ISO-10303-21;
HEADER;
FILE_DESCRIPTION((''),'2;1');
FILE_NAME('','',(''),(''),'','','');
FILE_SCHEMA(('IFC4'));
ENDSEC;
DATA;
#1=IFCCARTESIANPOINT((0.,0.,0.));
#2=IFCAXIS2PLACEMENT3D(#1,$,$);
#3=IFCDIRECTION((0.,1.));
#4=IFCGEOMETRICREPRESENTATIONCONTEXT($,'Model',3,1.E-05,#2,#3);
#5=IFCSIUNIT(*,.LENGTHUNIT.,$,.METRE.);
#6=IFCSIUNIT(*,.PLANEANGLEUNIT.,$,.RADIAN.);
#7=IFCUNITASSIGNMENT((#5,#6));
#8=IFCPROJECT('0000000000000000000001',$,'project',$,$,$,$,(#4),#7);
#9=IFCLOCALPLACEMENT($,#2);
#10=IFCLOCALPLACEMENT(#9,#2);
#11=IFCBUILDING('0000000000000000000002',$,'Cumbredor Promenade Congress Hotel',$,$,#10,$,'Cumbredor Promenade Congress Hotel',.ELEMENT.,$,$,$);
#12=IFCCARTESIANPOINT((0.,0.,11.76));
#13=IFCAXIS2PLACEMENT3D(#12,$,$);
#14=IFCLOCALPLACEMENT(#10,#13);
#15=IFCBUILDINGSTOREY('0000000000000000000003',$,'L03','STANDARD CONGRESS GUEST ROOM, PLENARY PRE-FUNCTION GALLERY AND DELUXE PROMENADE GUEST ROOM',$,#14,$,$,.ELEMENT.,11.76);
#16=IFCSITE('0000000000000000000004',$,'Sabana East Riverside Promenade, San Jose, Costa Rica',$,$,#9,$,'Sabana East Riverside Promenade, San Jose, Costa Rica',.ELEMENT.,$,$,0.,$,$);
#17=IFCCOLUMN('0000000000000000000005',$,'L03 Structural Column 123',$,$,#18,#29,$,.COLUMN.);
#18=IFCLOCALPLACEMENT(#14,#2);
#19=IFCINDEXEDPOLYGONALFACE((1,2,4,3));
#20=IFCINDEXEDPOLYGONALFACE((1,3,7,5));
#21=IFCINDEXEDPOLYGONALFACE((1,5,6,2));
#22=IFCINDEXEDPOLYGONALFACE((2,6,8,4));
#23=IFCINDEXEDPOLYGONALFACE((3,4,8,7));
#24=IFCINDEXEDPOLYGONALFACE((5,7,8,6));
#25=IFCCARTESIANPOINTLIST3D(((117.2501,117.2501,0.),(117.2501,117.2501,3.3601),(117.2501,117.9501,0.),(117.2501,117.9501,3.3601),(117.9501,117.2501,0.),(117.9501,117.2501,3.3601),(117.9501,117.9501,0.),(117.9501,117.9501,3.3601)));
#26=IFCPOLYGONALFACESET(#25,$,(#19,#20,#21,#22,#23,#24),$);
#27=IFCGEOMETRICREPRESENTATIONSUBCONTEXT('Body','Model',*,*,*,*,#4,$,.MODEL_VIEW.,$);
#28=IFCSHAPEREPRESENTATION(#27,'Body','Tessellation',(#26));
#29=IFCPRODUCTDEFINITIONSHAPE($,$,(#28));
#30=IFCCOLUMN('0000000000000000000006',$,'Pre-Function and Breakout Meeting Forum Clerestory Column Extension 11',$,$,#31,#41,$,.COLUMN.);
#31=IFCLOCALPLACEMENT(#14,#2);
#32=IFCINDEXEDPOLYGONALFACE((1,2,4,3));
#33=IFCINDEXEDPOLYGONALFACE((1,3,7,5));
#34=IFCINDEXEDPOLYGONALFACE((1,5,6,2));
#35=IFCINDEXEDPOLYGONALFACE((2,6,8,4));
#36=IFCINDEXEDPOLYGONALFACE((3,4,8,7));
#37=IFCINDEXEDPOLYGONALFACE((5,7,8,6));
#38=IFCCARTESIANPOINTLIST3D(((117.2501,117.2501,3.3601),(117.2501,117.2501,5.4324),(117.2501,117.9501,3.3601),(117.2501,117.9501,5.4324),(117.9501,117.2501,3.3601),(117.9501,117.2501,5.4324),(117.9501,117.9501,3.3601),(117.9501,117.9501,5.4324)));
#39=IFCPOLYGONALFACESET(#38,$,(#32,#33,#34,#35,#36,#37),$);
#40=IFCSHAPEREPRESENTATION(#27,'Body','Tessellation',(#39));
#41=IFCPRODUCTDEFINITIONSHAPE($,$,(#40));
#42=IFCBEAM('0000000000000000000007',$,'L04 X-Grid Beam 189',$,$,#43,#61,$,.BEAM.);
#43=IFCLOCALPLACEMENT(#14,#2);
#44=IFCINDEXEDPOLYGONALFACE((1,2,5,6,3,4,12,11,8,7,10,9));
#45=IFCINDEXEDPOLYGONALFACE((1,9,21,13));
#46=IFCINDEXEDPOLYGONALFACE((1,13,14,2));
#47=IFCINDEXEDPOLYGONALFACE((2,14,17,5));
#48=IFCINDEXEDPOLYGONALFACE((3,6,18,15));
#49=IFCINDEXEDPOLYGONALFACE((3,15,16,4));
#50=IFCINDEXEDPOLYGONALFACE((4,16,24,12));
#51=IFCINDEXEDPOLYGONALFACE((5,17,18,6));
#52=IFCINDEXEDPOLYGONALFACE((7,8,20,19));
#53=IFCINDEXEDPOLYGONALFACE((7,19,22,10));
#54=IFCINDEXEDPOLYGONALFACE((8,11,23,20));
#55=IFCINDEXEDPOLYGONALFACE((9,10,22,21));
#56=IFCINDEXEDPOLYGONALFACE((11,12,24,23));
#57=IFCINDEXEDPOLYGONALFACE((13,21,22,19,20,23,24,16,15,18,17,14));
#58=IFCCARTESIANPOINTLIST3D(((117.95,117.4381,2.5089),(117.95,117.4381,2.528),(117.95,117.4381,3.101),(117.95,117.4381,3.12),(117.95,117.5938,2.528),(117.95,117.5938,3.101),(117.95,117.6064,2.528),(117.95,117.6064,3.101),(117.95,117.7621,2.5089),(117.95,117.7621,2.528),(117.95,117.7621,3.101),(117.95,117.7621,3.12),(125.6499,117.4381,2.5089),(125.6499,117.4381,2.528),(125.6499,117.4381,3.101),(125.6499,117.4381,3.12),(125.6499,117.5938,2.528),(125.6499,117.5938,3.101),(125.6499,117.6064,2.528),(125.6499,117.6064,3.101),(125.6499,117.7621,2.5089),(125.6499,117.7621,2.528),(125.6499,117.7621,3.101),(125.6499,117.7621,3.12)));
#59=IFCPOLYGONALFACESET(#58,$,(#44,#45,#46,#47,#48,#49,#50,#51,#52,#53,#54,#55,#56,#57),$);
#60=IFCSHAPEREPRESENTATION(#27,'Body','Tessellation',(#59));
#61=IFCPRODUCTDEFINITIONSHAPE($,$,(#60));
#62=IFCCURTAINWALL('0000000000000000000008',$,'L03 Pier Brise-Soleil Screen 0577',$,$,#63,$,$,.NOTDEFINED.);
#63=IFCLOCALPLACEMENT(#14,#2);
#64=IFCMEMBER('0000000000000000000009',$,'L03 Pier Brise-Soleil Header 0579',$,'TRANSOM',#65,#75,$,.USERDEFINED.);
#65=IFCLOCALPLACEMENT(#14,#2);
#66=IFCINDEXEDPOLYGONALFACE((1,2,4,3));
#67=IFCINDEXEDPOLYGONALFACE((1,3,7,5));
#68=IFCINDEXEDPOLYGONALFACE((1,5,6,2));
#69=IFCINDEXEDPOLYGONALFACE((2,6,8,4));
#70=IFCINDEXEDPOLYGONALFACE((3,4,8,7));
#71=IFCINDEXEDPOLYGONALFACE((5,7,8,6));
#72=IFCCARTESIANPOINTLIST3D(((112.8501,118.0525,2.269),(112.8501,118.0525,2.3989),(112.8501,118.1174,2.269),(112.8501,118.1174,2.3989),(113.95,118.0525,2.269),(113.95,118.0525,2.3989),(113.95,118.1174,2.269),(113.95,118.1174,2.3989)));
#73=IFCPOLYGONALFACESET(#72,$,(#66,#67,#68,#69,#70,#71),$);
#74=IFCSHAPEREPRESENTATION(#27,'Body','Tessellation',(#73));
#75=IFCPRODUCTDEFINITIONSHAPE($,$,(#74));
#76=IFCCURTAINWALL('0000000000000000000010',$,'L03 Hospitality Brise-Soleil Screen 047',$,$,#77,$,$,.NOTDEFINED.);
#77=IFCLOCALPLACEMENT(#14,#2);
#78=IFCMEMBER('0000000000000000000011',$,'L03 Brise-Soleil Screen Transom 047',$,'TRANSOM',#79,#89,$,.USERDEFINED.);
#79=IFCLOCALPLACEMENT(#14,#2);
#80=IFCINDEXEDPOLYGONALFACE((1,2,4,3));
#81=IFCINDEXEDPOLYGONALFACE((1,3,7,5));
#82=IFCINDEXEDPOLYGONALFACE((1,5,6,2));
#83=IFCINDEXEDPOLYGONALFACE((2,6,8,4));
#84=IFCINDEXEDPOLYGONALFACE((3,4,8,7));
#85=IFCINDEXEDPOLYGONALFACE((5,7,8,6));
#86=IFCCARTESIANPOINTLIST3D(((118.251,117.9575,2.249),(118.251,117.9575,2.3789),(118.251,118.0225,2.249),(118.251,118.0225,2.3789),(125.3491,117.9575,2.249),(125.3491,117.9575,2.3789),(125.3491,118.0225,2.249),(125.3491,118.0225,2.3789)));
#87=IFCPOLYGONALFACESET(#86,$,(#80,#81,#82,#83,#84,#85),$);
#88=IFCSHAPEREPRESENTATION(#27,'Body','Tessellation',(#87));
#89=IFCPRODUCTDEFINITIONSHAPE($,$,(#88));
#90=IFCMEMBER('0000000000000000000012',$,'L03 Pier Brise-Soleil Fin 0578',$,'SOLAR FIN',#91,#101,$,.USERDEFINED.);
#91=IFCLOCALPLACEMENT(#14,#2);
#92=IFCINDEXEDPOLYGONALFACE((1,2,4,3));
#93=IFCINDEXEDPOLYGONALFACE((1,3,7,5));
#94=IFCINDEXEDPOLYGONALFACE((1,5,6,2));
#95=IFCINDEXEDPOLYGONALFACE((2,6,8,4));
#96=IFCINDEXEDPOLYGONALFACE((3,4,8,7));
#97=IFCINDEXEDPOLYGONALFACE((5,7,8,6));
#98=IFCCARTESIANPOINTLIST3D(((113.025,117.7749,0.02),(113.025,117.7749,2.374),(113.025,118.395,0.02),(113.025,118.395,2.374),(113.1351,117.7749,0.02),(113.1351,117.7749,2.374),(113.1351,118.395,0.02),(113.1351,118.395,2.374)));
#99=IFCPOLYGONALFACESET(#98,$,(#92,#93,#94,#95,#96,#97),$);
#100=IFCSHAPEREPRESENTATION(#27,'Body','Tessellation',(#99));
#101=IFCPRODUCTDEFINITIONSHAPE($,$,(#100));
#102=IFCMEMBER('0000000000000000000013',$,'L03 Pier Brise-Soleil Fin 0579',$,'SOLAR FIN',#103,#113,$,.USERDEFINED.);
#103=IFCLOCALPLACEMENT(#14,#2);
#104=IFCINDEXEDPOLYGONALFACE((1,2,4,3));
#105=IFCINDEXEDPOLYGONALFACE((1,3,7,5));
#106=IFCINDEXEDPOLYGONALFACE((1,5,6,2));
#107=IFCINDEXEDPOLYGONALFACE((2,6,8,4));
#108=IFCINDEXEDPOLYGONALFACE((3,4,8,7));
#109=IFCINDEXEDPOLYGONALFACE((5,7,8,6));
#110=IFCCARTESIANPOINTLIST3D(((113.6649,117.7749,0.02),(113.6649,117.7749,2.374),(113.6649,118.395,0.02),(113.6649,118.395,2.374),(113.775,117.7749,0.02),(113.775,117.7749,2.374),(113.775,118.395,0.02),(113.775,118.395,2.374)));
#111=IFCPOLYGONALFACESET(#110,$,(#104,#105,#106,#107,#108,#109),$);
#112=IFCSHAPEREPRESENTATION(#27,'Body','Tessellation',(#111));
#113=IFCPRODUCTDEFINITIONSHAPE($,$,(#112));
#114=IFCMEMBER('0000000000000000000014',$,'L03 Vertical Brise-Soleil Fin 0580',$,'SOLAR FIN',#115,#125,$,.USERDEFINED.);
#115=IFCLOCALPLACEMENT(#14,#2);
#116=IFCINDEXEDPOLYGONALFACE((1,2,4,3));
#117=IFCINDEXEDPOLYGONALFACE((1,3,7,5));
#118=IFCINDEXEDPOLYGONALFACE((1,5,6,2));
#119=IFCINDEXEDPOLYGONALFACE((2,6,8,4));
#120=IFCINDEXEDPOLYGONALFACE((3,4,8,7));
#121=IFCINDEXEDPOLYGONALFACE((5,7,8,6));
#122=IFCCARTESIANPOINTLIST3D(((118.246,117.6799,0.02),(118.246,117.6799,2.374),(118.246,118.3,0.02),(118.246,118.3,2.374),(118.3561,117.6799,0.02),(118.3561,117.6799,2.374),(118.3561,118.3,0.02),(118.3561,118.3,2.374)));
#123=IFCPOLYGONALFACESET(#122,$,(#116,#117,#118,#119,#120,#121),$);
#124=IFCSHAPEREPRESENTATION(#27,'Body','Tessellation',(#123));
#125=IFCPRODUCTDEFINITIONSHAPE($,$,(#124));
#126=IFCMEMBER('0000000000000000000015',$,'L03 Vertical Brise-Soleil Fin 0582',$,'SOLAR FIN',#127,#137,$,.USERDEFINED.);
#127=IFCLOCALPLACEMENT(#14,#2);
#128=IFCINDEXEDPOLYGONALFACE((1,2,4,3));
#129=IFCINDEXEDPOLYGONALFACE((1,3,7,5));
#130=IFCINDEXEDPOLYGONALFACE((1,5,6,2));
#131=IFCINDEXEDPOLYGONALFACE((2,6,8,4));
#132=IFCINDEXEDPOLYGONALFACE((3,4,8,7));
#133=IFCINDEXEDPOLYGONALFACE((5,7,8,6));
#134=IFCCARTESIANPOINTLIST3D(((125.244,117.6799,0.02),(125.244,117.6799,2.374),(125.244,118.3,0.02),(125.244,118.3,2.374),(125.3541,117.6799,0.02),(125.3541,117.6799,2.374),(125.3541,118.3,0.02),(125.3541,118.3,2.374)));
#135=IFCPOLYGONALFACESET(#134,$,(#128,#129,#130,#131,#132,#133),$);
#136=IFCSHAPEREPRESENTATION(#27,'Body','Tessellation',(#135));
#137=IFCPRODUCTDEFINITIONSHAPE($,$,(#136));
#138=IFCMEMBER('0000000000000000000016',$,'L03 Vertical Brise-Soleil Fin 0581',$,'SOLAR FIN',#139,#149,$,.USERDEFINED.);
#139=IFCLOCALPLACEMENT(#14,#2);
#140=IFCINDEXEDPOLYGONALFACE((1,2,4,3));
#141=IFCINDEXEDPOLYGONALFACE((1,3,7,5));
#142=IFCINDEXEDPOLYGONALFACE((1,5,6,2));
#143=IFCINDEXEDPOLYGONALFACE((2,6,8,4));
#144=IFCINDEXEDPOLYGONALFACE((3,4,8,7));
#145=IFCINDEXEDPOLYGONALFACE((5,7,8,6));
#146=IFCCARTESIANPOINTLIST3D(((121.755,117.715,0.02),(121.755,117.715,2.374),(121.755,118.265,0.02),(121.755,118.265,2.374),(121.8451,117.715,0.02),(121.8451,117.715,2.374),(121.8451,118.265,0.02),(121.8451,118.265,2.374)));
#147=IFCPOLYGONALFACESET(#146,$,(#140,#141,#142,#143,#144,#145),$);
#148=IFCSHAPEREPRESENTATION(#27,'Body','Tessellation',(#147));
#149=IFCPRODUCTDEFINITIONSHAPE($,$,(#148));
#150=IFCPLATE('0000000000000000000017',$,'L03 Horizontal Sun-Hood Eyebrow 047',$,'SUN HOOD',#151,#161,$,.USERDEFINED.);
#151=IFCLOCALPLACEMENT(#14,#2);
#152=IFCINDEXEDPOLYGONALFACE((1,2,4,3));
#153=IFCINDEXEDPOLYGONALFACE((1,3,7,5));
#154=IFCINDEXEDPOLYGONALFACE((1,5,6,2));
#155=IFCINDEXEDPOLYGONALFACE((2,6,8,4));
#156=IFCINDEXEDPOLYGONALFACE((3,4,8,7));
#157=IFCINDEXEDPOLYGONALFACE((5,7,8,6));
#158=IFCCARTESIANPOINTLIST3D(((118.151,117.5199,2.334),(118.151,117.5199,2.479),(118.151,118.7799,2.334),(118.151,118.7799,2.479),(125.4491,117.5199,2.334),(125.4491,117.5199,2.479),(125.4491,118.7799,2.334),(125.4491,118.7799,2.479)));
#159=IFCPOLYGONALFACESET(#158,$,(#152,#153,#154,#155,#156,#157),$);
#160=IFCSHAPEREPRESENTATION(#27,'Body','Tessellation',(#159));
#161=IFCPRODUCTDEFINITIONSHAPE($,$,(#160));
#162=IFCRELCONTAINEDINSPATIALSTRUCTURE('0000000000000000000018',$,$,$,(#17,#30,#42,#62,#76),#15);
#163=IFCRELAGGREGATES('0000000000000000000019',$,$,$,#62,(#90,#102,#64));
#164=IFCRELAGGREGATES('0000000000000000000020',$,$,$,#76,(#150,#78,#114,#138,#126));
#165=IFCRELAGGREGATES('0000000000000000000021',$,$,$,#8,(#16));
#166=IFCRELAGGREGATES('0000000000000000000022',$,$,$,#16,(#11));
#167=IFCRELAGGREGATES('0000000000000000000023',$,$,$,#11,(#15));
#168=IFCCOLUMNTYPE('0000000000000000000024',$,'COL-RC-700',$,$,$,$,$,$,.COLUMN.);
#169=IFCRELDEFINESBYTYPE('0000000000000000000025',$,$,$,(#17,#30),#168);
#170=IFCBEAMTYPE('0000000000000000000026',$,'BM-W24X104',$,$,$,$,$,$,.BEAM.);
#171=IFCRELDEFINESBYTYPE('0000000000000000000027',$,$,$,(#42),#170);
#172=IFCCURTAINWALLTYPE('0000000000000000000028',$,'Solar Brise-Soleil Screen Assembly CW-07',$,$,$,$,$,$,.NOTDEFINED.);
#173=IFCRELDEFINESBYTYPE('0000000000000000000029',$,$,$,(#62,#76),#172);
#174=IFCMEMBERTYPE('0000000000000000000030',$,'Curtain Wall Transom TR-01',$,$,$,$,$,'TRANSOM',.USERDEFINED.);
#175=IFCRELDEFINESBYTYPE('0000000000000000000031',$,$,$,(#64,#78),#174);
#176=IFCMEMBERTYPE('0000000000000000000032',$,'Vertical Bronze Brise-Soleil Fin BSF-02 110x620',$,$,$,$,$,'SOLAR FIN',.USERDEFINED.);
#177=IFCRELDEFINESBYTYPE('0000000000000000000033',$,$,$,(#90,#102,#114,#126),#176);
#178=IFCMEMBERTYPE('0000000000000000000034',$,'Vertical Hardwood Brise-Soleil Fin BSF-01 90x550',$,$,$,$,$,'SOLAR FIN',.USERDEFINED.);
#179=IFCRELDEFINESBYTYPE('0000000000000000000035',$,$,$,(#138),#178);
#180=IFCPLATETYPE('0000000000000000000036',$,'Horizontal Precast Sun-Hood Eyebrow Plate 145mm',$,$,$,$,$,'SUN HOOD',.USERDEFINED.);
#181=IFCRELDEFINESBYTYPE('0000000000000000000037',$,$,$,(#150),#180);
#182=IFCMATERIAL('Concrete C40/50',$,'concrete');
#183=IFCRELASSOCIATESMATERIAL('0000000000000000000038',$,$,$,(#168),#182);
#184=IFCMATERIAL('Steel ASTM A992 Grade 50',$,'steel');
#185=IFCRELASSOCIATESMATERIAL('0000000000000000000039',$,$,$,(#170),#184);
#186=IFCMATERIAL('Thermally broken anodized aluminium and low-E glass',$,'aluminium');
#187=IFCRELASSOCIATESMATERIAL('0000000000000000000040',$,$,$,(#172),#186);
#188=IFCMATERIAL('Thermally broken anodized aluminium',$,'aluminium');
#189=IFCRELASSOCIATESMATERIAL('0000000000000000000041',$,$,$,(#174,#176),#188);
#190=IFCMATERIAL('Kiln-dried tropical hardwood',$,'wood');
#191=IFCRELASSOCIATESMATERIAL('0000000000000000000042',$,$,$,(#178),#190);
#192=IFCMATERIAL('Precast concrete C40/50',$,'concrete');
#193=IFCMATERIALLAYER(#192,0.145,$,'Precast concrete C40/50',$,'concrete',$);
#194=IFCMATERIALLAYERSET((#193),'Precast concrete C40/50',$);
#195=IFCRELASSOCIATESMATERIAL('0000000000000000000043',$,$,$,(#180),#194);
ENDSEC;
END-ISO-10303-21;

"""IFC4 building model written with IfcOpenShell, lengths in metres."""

from ifc_helpers import new_model, si_unit, direction, frame, origin, origin_2d, place, context, subcontext, project, spatial, rectangle, i_section, extrude, material, layer, layer_set, material_profile, profile_set, type_object, element, aggregate, save


model = new_model("IFC4")

# Units and contexts
model_context = context("Model", 3, precision=1e-05, world=origin(), true_north=direction((0.0, 1.0)))
body_context = subcontext(model_context, "Body", "Model", "MODEL_VIEW")
ifc_project = project(units=[si_unit("LENGTHUNIT", "METRE"), si_unit("PLANEANGLEUNIT", "RADIAN")], contexts=[model_context])

# Site, building, storey
site_placement = place(None, origin())
site = spatial("IfcSite", under=ifc_project, at=site_placement, Name="Sabana East Riverside Promenade, San Jose, Costa Rica", LongName="Sabana East Riverside Promenade, San Jose, Costa Rica", CompositionType="ELEMENT", RefElevation=0.0)
building_placement = place(site_placement, origin())
building = spatial("IfcBuilding", under=site, at=building_placement, Name="Cumbredor Promenade Congress Hotel", LongName="Cumbredor Promenade Congress Hotel", CompositionType="ELEMENT")
storey_placement = place(building_placement, frame((0.0, 0.0, 11.76)))
storey = spatial("IfcBuildingStorey", under=building, at=storey_placement, Name="L03", Description="STANDARD CONGRESS GUEST ROOM, PLENARY PRE-FUNCTION GALLERY AND DELUXE PROMENADE GUEST ROOM", CompositionType="ELEMENT", Elevation=11.76)

# Columns
ifc_material_1 = material(Name="Concrete C40/50", Category="concrete")
ifc_material_profile_1 = material_profile(ifc_material_1, rectangle(XDim=0.7, YDim=0.7, at=origin_2d()), Name="RC 700x700")
ifc_profile_set_1 = profile_set([ifc_material_profile_1], Name="Concrete C40/50")
column_type = type_object("IfcColumnType", Name="COL-RC-700", PredefinedType="COLUMN", material=ifc_profile_set_1)
column_1_placement = place(storey_placement, frame((117.6001, 117.6001, 0.0), z_axis=(0.0, 0.0, 1.0), x_axis=(1.0, 0.0, 0.0)))
element("IfcColumn", 1, at=column_1_placement, inside=storey, type_object=column_type, Name="L03 Structural Column 123", PredefinedType="COLUMN", context=body_context, shape_type="SweptSolid", body=[
    extrude(rectangle(XDim=0.7, YDim=0.7, at=origin_2d()), origin(), (0.0, 0.0, 1.0), 3.3601),
])
column_2_placement = place(storey_placement, frame((117.6001, 117.6001, 3.3601), z_axis=(0.0, 0.0, 1.0), x_axis=(1.0, 0.0, 0.0)))
element("IfcColumn", 2, at=column_2_placement, inside=storey, type_object=column_type, Name="Pre-Function and Breakout Meeting Forum Clerestory Column Extension 11", PredefinedType="COLUMN", context=body_context, shape_type="SweptSolid", body=[
    extrude(rectangle(XDim=0.7, YDim=0.7, at=origin_2d()), origin(), (0.0, 0.0, 1.0), 2.0723),
])

# Beam
ifc_material_2 = material(Name="Steel ASTM A992 Grade 50", Category="steel")
ifc_material_profile_2 = material_profile(ifc_material_2, i_section(OverallWidth=0.324, OverallDepth=0.6111, WebThickness=0.0127, FlangeThickness=0.019, at=origin_2d()), Name="W24X104")
ifc_profile_set_2 = profile_set([ifc_material_profile_2], Name="Steel ASTM A992 Grade 50")
beam_type = type_object("IfcBeamType", Name="BM-W24X104", PredefinedType="BEAM", material=ifc_profile_set_2)
beam_placement = place(storey_placement, frame((117.95, 117.6001, 2.8145), z_axis=(1.0, 0.0, 0.0), x_axis=(0.0, 1.0, 0.0)))
element("IfcBeam", 3, at=beam_placement, inside=storey, type_object=beam_type, Name="L04 X-Grid Beam 189", PredefinedType="BEAM", context=body_context, shape_type="SweptSolid", body=[
    extrude(i_section(OverallWidth=0.324, OverallDepth=0.6111, WebThickness=0.0127, FlangeThickness=0.019, at=origin_2d()), origin(), (0.0, 0.0, 1.0), 7.7),
])

# Curtain walls, members
ifc_material_3 = material(Name="Thermally broken anodized aluminium and low-E glass", Category="aluminium")
curtain_wall_type = type_object("IfcCurtainWallType", Name="Solar Brise-Soleil Screen Assembly CW-07", PredefinedType="NOTDEFINED", material=ifc_material_3)
curtain_wall_1_placement = place(storey_placement, origin())
curtain_wall_1 = element("IfcCurtainWall", 4, at=curtain_wall_1_placement, inside=storey, type_object=curtain_wall_type, Name="L03 Pier Brise-Soleil Screen 0577", PredefinedType="NOTDEFINED")
ifc_material_4 = material(Name="Thermally broken anodized aluminium", Category="aluminium")
ifc_material_profile_3 = material_profile(ifc_material_4, rectangle(XDim=0.0649, YDim=0.1299, at=origin_2d()), Name="ALU TRANSOM 65x130")
ifc_profile_set_3 = profile_set([ifc_material_profile_3], Name="Thermally broken anodized aluminium")
member_type_1 = type_object("IfcMemberType", Name="Curtain Wall Transom TR-01", ElementType="TRANSOM", PredefinedType="USERDEFINED", material=ifc_profile_set_3)
member_1_placement = place(storey_placement, frame((112.8501, 118.085, 2.334), z_axis=(1.0, 0.0, 0.0), x_axis=(0.0, 1.0, 0.0)))
member_1 = element("IfcMember", 5, at=member_1_placement, type_object=member_type_1, Name="L03 Pier Brise-Soleil Header 0579", ObjectType="TRANSOM", PredefinedType="USERDEFINED", context=body_context, shape_type="SweptSolid", body=[
    extrude(rectangle(XDim=0.0649, YDim=0.1299, at=origin_2d()), origin(), (0.0, 0.0, 1.0), 1.0999),
])
curtain_wall_2_placement = place(storey_placement, origin())
curtain_wall_2 = element("IfcCurtainWall", 6, at=curtain_wall_2_placement, inside=storey, type_object=curtain_wall_type, Name="L03 Hospitality Brise-Soleil Screen 047", PredefinedType="NOTDEFINED")
member_2_placement = place(storey_placement, frame((118.251, 117.99, 2.314), z_axis=(1.0, 0.0, 0.0), x_axis=(0.0, 1.0, 0.0)))
member_2 = element("IfcMember", 7, at=member_2_placement, type_object=member_type_1, Name="L03 Brise-Soleil Screen Transom 047", ObjectType="TRANSOM", PredefinedType="USERDEFINED", context=body_context, shape_type="SweptSolid", body=[
    extrude(rectangle(XDim=0.0649, YDim=0.1299, at=origin_2d()), origin(), (0.0, 0.0, 1.0), 7.0981),
])

# Members
ifc_material_profile_4 = material_profile(ifc_material_4, rectangle(XDim=0.1101, YDim=0.6201, at=origin_2d()), Name="ARCH FIN 110x620")
ifc_profile_set_4 = profile_set([ifc_material_profile_4], Name="Thermally broken anodized aluminium")
member_type_2 = type_object("IfcMemberType", Name="Vertical Bronze Brise-Soleil Fin BSF-02 110x620", ElementType="SOLAR FIN", PredefinedType="USERDEFINED", material=ifc_profile_set_4)
member_3_placement = place(storey_placement, frame((113.0801, 118.085, 0.02), z_axis=(0.0, 0.0, 1.0), x_axis=(1.0, 0.0, 0.0)))
member_3 = element("IfcMember", 8, at=member_3_placement, type_object=member_type_2, Name="L03 Pier Brise-Soleil Fin 0578", ObjectType="SOLAR FIN", PredefinedType="USERDEFINED", context=body_context, shape_type="SweptSolid", body=[
    extrude(rectangle(XDim=0.1101, YDim=0.6201, at=origin_2d()), origin(), (0.0, 0.0, 1.0), 2.354),
])
member_4_placement = place(storey_placement, frame((113.72, 118.085, 0.02), z_axis=(0.0, 0.0, 1.0), x_axis=(1.0, 0.0, 0.0)))
member_4 = element("IfcMember", 9, at=member_4_placement, type_object=member_type_2, Name="L03 Pier Brise-Soleil Fin 0579", ObjectType="SOLAR FIN", PredefinedType="USERDEFINED", context=body_context, shape_type="SweptSolid", body=[
    extrude(rectangle(XDim=0.1101, YDim=0.6201, at=origin_2d()), origin(), (0.0, 0.0, 1.0), 2.354),
])
aggregate(curtain_wall_1, [member_3, member_4, member_1])
member_5_placement = place(storey_placement, frame((118.301, 117.99, 0.02), z_axis=(0.0, 0.0, 1.0), x_axis=(1.0, 0.0, 0.0)))
member_5 = element("IfcMember", 10, at=member_5_placement, type_object=member_type_2, Name="L03 Vertical Brise-Soleil Fin 0580", ObjectType="SOLAR FIN", PredefinedType="USERDEFINED", context=body_context, shape_type="SweptSolid", body=[
    extrude(rectangle(XDim=0.1101, YDim=0.6201, at=origin_2d()), origin(), (0.0, 0.0, 1.0), 2.354),
])
member_6_placement = place(storey_placement, frame((125.2991, 117.99, 0.02), z_axis=(0.0, 0.0, 1.0), x_axis=(1.0, 0.0, 0.0)))
member_6 = element("IfcMember", 11, at=member_6_placement, type_object=member_type_2, Name="L03 Vertical Brise-Soleil Fin 0582", ObjectType="SOLAR FIN", PredefinedType="USERDEFINED", context=body_context, shape_type="SweptSolid", body=[
    extrude(rectangle(XDim=0.1101, YDim=0.6201, at=origin_2d()), origin(), (0.0, 0.0, 1.0), 2.354),
])
ifc_material_5 = material(Name="Kiln-dried tropical hardwood", Category="wood")
ifc_material_profile_5 = material_profile(ifc_material_5, rectangle(XDim=0.0901, YDim=0.55, at=origin_2d()), Name="ARCH FIN 90x550")
ifc_profile_set_5 = profile_set([ifc_material_profile_5], Name="Kiln-dried tropical hardwood")
member_type_3 = type_object("IfcMemberType", Name="Vertical Hardwood Brise-Soleil Fin BSF-01 90x550", ElementType="SOLAR FIN", PredefinedType="USERDEFINED", material=ifc_profile_set_5)
member_7_placement = place(storey_placement, frame((121.8, 117.99, 0.02), z_axis=(0.0, 0.0, 1.0), x_axis=(1.0, 0.0, 0.0)))
member_7 = element("IfcMember", 12, at=member_7_placement, type_object=member_type_3, Name="L03 Vertical Brise-Soleil Fin 0581", ObjectType="SOLAR FIN", PredefinedType="USERDEFINED", context=body_context, shape_type="SweptSolid", body=[
    extrude(rectangle(XDim=0.0901, YDim=0.55, at=origin_2d()), origin(), (0.0, 0.0, 1.0), 2.354),
])

# Plate
ifc_material_6 = material(Name="Precast concrete C40/50", Category="concrete")
ifc_layer_1 = layer(ifc_material_6, 0.145, Name="Precast concrete C40/50", Category="concrete")
ifc_layer_set_1 = layer_set([ifc_layer_1], Name="Precast concrete C40/50")
plate_type = type_object("IfcPlateType", Name="Horizontal Precast Sun-Hood Eyebrow Plate 145mm", ElementType="SUN HOOD", PredefinedType="USERDEFINED", material=ifc_layer_set_1)
plate_placement = place(storey_placement, frame((121.8, 118.1499, 2.334), z_axis=(0.0, 0.0, 1.0), x_axis=(1.0, 0.0, 0.0)))
plate = element("IfcPlate", 13, at=plate_placement, type_object=plate_type, Name="L03 Horizontal Sun-Hood Eyebrow 047", ObjectType="SUN HOOD", PredefinedType="USERDEFINED", context=body_context, shape_type="SweptSolid", body=[
    extrude(rectangle(XDim=7.2981, YDim=1.26, at=origin_2d()), origin(), (0.0, 0.0, 1.0), 0.145),
])
aggregate(curtain_wall_2, [plate, member_2, member_5, member_7, member_6])

save(model, "model.ifc")
